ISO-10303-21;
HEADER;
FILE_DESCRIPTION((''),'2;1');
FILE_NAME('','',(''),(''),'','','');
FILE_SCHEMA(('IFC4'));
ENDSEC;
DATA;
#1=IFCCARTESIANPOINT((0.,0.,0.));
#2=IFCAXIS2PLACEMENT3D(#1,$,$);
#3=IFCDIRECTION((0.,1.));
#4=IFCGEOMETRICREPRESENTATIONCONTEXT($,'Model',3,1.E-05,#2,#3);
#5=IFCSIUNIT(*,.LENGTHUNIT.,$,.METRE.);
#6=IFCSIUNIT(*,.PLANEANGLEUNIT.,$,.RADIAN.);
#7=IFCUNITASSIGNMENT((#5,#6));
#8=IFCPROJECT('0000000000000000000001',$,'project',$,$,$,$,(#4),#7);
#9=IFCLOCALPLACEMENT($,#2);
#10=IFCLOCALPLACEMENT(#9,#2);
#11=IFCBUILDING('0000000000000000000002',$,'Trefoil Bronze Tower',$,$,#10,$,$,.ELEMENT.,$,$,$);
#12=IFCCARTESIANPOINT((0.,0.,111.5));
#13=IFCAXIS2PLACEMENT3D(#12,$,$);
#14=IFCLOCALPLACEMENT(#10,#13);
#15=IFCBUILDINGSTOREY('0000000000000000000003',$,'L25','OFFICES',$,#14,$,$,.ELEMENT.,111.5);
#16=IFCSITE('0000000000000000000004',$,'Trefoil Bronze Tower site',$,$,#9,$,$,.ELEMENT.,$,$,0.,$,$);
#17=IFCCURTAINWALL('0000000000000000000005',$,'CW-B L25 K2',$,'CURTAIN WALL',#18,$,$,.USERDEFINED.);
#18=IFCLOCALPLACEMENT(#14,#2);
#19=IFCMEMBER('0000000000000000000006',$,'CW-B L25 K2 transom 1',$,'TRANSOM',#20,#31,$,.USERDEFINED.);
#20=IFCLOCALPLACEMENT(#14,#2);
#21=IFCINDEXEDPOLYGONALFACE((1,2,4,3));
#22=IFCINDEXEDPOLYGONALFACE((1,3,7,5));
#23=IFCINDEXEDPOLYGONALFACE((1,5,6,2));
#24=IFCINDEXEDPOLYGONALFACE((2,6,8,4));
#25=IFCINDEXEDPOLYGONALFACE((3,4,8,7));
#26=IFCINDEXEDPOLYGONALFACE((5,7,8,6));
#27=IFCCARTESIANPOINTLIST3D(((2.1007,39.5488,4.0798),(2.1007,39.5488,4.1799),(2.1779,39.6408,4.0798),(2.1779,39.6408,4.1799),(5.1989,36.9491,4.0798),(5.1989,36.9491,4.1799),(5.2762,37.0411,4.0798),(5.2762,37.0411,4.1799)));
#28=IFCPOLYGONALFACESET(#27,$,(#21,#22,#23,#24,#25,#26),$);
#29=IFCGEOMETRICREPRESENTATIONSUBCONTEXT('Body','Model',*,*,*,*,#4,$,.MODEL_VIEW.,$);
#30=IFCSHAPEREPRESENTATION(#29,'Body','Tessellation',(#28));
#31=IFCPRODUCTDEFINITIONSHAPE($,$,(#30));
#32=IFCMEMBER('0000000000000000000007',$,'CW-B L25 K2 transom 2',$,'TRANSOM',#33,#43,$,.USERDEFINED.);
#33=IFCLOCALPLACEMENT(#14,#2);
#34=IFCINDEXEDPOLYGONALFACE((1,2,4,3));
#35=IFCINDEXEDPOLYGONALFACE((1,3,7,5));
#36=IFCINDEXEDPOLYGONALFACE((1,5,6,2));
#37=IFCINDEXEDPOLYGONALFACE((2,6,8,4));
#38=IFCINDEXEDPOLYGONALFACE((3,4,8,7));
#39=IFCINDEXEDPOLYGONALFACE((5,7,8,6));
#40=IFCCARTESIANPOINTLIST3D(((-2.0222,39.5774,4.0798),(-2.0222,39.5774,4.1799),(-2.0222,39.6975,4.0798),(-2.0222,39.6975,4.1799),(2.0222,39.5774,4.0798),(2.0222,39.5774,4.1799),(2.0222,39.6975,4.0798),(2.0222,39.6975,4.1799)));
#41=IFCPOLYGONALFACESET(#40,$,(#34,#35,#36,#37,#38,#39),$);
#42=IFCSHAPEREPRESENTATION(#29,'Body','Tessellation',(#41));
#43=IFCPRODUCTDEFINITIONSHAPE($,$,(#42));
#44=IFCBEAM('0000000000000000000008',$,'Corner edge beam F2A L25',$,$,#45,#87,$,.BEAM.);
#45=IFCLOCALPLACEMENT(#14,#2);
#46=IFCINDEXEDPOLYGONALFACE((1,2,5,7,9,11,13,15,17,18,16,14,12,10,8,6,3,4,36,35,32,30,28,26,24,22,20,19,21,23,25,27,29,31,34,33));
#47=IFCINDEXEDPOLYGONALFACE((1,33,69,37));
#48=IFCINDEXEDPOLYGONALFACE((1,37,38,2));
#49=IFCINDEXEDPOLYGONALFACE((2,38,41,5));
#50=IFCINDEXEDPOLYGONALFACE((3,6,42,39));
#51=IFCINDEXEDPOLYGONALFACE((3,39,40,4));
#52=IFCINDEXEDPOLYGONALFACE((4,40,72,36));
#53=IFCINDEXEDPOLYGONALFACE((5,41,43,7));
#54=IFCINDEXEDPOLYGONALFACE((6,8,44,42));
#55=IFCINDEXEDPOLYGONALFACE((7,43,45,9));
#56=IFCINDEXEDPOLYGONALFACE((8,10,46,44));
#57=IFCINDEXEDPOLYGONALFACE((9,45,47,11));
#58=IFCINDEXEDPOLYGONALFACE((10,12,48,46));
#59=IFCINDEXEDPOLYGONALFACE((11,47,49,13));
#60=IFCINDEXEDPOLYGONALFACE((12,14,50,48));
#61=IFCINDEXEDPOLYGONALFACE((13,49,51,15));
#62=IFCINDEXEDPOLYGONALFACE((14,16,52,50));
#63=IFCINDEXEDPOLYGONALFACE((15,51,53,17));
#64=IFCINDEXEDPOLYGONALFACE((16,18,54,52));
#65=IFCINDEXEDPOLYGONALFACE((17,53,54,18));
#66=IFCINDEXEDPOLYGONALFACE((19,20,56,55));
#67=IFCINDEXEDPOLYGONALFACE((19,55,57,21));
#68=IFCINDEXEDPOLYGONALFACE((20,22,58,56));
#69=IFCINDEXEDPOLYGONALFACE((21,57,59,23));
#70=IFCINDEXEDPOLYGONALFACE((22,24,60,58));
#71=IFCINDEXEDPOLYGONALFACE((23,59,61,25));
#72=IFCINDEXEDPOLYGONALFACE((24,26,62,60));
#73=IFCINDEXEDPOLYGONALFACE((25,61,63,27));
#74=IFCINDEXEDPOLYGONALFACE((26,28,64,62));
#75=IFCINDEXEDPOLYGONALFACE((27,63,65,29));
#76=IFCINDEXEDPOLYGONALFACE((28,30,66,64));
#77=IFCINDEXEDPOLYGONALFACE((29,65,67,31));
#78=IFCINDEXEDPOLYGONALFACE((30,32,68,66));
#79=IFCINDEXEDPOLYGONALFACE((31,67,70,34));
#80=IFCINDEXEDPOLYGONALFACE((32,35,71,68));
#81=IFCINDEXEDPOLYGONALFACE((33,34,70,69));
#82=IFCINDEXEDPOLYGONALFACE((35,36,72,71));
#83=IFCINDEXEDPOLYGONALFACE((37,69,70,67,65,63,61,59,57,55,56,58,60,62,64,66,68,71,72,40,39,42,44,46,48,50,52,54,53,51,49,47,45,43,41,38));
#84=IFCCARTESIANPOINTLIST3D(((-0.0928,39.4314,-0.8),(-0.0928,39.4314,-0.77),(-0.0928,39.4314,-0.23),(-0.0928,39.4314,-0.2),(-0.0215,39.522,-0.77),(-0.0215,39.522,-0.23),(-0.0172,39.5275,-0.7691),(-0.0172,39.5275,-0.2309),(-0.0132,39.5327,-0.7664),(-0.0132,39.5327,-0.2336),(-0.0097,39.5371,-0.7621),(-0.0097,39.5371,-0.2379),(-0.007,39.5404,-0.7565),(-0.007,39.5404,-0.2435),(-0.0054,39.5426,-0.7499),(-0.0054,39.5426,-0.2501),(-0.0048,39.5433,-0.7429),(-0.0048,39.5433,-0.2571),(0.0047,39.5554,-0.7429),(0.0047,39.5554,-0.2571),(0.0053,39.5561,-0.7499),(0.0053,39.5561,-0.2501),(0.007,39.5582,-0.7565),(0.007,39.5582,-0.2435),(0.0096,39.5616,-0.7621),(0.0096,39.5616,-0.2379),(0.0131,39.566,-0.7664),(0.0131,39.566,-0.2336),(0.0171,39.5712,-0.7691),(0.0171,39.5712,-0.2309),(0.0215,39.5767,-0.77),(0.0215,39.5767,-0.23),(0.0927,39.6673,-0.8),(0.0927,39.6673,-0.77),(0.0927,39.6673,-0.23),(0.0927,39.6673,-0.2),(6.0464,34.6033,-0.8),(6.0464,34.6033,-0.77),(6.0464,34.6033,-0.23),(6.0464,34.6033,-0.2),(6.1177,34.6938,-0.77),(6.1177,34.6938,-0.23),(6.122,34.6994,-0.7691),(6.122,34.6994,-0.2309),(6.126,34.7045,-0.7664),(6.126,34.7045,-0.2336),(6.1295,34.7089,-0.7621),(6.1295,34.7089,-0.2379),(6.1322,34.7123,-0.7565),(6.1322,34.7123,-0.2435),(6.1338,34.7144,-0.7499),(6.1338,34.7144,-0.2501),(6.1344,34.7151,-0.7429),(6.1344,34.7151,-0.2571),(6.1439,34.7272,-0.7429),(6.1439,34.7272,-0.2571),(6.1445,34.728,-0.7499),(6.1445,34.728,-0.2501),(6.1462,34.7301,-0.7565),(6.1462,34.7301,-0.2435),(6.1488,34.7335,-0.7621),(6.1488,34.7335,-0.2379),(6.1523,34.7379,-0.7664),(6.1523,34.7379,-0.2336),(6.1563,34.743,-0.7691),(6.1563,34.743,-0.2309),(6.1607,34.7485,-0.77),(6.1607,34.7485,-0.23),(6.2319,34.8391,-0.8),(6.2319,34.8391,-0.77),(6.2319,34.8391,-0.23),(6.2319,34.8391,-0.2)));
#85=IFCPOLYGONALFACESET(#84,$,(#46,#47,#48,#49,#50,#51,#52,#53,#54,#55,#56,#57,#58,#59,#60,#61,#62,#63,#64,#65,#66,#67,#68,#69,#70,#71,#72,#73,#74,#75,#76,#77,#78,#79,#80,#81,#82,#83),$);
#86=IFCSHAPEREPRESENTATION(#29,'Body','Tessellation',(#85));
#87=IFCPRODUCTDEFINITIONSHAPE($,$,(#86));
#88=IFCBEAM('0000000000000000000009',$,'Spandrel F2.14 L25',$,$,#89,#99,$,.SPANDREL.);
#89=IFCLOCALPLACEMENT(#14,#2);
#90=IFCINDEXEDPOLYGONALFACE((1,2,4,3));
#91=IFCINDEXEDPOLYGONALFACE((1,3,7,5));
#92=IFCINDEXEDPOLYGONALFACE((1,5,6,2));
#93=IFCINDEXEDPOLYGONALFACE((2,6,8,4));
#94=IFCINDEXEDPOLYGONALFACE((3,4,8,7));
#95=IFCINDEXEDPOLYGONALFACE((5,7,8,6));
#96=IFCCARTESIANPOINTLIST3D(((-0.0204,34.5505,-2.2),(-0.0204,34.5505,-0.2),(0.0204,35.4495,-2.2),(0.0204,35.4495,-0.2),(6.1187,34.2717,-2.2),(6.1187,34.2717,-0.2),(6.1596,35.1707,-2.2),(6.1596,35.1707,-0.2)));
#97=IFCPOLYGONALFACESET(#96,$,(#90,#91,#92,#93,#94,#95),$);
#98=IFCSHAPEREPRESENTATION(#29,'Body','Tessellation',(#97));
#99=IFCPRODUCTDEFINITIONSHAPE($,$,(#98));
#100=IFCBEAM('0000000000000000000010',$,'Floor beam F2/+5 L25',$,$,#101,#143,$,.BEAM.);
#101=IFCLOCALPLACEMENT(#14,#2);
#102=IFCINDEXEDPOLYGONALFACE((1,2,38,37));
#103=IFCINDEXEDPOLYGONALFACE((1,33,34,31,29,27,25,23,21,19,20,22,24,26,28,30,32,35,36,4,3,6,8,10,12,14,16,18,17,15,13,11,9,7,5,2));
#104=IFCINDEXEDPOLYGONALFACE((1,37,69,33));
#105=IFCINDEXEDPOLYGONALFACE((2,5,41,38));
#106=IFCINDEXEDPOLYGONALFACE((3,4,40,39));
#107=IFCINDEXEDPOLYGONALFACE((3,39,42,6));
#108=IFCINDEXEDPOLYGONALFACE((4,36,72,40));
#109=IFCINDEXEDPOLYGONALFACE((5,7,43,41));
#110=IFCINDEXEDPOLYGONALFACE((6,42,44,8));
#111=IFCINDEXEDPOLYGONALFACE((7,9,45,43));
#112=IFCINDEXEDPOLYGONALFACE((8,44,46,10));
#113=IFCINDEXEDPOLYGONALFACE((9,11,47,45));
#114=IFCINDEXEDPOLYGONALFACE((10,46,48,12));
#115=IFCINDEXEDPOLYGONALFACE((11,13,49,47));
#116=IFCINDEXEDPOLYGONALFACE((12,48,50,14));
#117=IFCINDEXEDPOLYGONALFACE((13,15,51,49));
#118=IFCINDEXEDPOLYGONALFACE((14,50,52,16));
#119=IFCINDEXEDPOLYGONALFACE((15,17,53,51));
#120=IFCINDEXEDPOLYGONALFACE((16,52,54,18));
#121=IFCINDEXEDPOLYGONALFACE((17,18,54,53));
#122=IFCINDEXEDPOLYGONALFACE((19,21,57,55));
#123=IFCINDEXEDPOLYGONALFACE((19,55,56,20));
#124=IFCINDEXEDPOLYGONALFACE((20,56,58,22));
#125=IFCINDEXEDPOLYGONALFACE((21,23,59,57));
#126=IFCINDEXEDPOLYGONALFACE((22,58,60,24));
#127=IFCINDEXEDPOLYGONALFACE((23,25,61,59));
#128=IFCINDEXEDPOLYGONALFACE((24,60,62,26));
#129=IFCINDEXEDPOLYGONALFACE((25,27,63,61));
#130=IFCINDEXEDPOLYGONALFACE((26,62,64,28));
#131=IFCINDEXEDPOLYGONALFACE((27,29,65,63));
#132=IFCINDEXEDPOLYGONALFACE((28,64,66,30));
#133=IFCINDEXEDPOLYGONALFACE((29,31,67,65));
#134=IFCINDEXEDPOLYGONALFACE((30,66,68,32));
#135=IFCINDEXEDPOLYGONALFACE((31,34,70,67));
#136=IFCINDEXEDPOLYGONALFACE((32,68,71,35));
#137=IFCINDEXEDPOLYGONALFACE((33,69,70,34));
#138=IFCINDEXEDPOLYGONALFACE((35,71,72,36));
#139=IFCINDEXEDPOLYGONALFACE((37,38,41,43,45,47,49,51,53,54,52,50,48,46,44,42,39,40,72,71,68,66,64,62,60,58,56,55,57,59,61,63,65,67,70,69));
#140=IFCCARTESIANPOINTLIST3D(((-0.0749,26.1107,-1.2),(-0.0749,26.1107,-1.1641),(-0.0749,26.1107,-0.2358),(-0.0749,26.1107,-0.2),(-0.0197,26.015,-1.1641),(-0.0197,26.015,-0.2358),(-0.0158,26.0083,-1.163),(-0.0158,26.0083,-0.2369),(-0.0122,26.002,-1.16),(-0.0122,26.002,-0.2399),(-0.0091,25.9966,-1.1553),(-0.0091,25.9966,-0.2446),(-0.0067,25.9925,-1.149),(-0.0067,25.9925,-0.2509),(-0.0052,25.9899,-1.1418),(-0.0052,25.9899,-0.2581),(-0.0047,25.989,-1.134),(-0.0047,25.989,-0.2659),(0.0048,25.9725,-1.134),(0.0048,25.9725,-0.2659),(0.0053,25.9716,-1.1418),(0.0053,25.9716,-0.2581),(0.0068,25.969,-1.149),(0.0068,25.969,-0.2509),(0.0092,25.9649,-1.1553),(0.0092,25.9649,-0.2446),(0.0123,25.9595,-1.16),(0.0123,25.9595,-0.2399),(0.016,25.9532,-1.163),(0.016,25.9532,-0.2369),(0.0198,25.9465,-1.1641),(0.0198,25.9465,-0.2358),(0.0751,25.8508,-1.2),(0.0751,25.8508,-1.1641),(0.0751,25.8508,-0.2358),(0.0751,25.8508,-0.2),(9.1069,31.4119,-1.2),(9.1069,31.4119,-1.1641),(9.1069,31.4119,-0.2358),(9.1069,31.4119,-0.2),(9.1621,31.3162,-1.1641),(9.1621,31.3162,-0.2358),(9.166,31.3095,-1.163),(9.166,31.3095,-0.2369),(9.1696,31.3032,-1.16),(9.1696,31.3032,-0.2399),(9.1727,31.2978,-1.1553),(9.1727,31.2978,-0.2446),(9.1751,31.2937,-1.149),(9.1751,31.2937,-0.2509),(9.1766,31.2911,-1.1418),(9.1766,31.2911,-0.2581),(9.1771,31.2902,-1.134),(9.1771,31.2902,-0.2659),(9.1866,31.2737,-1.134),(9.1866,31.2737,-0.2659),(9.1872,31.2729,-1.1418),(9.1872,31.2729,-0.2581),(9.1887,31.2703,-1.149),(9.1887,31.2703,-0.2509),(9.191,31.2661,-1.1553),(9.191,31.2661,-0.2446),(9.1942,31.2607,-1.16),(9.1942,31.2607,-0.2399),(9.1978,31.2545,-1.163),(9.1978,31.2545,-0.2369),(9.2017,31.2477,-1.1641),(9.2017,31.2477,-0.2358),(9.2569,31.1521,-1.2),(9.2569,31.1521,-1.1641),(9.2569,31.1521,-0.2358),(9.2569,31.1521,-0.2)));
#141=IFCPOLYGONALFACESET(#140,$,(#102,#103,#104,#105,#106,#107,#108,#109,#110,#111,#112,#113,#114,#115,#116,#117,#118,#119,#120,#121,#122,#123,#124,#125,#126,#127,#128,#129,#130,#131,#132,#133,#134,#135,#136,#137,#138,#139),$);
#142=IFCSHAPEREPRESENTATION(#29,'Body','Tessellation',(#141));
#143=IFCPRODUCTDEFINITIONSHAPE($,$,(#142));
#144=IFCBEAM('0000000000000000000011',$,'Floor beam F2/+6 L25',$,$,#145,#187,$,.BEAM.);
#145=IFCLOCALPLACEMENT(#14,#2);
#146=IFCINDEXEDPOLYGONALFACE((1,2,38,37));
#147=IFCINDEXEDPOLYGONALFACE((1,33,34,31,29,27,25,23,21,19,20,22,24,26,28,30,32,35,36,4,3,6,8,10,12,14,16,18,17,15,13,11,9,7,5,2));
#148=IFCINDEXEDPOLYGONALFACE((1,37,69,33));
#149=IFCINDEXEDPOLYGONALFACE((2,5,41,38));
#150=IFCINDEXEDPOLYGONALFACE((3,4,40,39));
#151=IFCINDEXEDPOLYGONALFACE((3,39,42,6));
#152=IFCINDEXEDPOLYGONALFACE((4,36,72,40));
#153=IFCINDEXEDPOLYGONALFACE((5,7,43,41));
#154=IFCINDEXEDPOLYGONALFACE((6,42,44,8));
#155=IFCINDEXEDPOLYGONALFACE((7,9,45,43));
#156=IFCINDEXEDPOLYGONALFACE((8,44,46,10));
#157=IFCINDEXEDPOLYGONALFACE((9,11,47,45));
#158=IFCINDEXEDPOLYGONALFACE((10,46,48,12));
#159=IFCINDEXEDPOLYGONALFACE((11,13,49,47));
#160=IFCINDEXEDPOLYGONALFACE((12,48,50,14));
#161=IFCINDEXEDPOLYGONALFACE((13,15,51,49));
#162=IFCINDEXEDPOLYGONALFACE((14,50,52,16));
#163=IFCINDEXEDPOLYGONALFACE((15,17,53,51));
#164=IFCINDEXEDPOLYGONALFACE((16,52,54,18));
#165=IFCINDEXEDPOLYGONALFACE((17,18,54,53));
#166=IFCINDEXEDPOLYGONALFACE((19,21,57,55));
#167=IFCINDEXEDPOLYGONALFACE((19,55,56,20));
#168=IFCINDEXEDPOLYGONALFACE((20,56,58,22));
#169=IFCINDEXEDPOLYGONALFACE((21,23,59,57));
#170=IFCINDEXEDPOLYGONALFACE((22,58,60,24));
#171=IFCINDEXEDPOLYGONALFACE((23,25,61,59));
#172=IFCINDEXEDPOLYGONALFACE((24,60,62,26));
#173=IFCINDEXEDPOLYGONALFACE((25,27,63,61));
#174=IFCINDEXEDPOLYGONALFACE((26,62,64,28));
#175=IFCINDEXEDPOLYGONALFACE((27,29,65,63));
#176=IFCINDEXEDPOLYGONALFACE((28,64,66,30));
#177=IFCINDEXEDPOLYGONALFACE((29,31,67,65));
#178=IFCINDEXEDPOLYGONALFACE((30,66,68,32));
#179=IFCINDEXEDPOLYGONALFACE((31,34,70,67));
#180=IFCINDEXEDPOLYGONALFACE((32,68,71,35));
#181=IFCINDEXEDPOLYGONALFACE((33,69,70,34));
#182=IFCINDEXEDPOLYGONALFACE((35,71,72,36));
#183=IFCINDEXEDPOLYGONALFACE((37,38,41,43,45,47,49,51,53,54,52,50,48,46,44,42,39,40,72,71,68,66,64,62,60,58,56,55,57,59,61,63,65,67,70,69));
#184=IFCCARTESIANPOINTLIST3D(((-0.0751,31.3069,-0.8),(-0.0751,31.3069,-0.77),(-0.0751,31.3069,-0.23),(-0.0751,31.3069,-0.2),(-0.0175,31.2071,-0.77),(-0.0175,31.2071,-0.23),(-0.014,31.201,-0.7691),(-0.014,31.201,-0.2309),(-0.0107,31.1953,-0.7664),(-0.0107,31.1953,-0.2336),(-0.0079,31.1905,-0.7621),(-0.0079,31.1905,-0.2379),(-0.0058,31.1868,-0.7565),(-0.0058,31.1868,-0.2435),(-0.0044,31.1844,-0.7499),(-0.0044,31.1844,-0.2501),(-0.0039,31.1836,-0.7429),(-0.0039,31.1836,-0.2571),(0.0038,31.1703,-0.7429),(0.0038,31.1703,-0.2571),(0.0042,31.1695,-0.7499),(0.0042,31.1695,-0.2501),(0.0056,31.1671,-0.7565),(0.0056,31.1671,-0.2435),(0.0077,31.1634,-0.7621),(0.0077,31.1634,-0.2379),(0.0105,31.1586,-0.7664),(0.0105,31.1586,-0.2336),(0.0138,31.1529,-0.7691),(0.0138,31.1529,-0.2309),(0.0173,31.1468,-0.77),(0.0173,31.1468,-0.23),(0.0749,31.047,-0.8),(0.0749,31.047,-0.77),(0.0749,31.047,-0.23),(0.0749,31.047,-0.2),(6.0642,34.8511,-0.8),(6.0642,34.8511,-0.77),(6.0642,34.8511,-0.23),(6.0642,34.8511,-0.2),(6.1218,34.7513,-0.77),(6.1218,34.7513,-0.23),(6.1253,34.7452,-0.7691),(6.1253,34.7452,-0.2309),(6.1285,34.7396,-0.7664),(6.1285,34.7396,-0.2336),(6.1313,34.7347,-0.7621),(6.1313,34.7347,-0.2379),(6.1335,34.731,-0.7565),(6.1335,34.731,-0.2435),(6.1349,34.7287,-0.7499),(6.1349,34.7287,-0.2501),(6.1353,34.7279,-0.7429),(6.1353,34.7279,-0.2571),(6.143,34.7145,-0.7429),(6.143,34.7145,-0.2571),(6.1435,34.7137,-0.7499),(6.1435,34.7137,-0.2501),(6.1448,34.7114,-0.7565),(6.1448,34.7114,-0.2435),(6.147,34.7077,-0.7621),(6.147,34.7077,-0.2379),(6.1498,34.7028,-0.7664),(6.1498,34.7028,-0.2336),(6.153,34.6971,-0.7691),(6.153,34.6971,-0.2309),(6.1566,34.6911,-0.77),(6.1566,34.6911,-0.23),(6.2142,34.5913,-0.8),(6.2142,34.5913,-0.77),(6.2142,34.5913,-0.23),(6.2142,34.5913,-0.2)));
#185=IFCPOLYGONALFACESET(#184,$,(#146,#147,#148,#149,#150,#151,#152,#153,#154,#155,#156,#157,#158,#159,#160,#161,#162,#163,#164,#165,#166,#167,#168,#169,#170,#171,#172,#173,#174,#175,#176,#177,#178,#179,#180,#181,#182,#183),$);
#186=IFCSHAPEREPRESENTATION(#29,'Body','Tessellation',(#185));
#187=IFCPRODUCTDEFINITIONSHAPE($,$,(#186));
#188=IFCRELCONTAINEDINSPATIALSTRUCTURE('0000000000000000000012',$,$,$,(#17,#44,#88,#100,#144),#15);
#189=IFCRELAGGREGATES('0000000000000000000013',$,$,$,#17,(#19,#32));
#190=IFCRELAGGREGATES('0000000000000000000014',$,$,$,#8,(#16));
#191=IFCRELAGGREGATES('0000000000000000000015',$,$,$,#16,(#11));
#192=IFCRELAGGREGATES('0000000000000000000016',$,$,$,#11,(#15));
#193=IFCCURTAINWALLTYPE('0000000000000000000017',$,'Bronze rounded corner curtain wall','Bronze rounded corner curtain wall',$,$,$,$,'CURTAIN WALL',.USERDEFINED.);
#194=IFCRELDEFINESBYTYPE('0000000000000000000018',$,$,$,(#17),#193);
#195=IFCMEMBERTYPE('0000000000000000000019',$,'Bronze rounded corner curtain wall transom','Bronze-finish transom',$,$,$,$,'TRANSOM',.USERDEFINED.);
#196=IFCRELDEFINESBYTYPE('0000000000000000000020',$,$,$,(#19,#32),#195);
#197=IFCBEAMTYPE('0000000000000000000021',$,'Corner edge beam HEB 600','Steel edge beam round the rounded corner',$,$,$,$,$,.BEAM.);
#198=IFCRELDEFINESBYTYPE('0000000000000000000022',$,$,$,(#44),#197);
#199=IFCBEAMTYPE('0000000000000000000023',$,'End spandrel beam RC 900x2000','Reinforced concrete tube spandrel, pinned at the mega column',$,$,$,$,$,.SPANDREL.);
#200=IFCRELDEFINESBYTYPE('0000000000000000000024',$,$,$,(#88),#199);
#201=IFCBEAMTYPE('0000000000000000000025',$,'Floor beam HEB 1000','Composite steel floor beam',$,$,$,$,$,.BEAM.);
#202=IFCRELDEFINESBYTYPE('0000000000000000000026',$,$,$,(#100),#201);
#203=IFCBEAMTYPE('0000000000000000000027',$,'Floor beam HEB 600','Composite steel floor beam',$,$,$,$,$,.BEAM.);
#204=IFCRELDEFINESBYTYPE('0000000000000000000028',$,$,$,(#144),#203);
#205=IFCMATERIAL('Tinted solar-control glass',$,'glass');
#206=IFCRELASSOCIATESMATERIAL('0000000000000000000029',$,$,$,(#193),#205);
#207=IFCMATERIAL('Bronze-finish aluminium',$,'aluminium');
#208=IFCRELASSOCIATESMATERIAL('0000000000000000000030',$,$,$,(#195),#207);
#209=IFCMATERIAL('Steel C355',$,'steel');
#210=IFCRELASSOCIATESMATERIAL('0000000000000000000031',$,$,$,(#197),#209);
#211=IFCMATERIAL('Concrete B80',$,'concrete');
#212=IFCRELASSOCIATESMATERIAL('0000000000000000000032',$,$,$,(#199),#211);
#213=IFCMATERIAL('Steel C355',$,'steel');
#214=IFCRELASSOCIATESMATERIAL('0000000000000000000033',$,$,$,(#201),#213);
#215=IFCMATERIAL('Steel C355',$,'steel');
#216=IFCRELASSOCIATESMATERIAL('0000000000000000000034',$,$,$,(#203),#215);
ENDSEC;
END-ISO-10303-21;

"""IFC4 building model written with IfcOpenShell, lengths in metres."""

from ifc_helpers import new_model, si_unit, direction, frame, origin, origin_2d, place, context, subcontext, project, spatial, rectangle, i_section, extrude, material, material_profile, profile_set, type_object, element, aggregate, save


model = new_model("IFC4")

# Units and contexts
model_context = context("Model", 3, precision=1e-05, world=origin(), true_north=direction((0.0, 1.0)))
body_context = subcontext(model_context, "Body", "Model", "MODEL_VIEW")
ifc_project = project(units=[si_unit("LENGTHUNIT", "METRE"), si_unit("PLANEANGLEUNIT", "RADIAN")], contexts=[model_context])

# Site, building, storey
site_placement = place(None, origin())
site = spatial("IfcSite", under=ifc_project, at=site_placement, Name="Trefoil Bronze Tower site", CompositionType="ELEMENT", RefElevation=0.0)
building_placement = place(site_placement, origin())
building = spatial("IfcBuilding", under=site, at=building_placement, Name="Trefoil Bronze Tower", CompositionType="ELEMENT")
storey_placement = place(building_placement, frame((0.0, 0.0, 111.5)))
storey = spatial("IfcBuildingStorey", under=building, at=storey_placement, Name="L25", Description="OFFICES", CompositionType="ELEMENT", Elevation=111.5)

# Curtain wall, members
ifc_material_1 = material(Name="Tinted solar-control glass", Category="glass")
curtain_wall_type_1 = type_object("IfcCurtainWallType", Name="Bronze rounded corner curtain wall", Description="Bronze rounded corner curtain wall", ElementType="CURTAIN WALL", PredefinedType="USERDEFINED", material=ifc_material_1)
curtain_wall_1_placement = place(storey_placement, origin())
curtain_wall_1 = element("IfcCurtainWall", 1, at=curtain_wall_1_placement, inside=storey, type_object=curtain_wall_type_1, Name="CW-B L25 K2", ObjectType="CURTAIN WALL", PredefinedType="USERDEFINED")
ifc_material_2 = material(Name="Bronze-finish aluminium", Category="aluminium")
ifc_material_profile_1 = material_profile(ifc_material_2, rectangle(XDim=0.1201, YDim=0.1001, at=origin_2d()), Name="CW-B transom")
ifc_profile_set_1 = profile_set([ifc_material_profile_1], Name="Bronze-finish aluminium")
member_type_1 = type_object("IfcMemberType", Name="Bronze rounded corner curtain wall transom", Description="Bronze-finish transom", ElementType="TRANSOM", PredefinedType="USERDEFINED", material=ifc_profile_set_1)
member_1_placement = place(storey_placement, frame((5.2375, 36.9951, 4.1299), z_axis=(-0.76605, 0.642781, 0.0), x_axis=(-0.642781, -0.76605, 0.0)))
member_1 = element("IfcMember", 2, at=member_1_placement, type_object=member_type_1, Name="CW-B L25 K2 transom 1", ObjectType="TRANSOM", PredefinedType="USERDEFINED", context=body_context, shape_type="SweptSolid", body=[
    extrude(rectangle(XDim=0.1201, YDim=0.1001, at=origin_2d()), origin(), (0.0, 0.0, 1.0), 4.0444),
])
member_2_placement = place(storey_placement, frame((2.0222, 39.6375, 4.1299), z_axis=(-1.0, 0.0, 0.0), x_axis=(0.0, -1.0, 0.0)))
member_2 = element("IfcMember", 3, at=member_2_placement, type_object=member_type_1, Name="CW-B L25 K2 transom 2", ObjectType="TRANSOM", PredefinedType="USERDEFINED", context=body_context, shape_type="SweptSolid", body=[
    extrude(rectangle(XDim=0.1201, YDim=0.1001, at=origin_2d()), origin(), (0.0, 0.0, 1.0), 4.0444),
])

# Beams
ifc_material_3 = material(Name="Steel C355", Category="steel")
ifc_material_profile_2 = material_profile(ifc_material_3, i_section(OverallWidth=0.3, OverallDepth=0.6001, WebThickness=0.0154, FlangeThickness=0.03, FilletRadius=0.0271, at=origin_2d()), Name="HEB 600")
ifc_profile_set_2 = profile_set([ifc_material_profile_2], Name="Steel C355")
beam_type_1 = type_object("IfcBeamType", Name="Corner edge beam HEB 600", Description="Steel edge beam round the rounded corner", PredefinedType="BEAM", material=ifc_profile_set_2)
beam_1_placement = place(storey_placement, frame((6.1392, 34.7212, -0.5), z_axis=(-0.786038, 0.618178, 0.0), x_axis=(-0.618178, -0.786038, 0.0)))
element("IfcBeam", 4, at=beam_1_placement, inside=storey, type_object=beam_type_1, Name="Corner edge beam F2A L25", PredefinedType="BEAM", context=body_context, shape_type="SweptSolid", body=[
    extrude(i_section(OverallWidth=0.3, OverallDepth=0.6001, WebThickness=0.0154, FlangeThickness=0.03, FilletRadius=0.0271, at=origin_2d()), origin(), (0.0, 0.0, 1.0), 7.8103),
])
ifc_material_4 = material(Name="Concrete B80", Category="concrete")
ifc_material_profile_3 = material_profile(ifc_material_4, rectangle(XDim=0.8999, YDim=2.0, at=origin_2d()), Name="RC 900x2000")
ifc_profile_set_3 = profile_set([ifc_material_profile_3], Name="Concrete B80")
beam_type_2 = type_object("IfcBeamType", Name="End spandrel beam RC 900x2000", Description="Reinforced concrete tube spandrel, pinned at the mega column", PredefinedType="SPANDREL", material=ifc_profile_set_3)
beam_2_placement = place(storey_placement, frame((6.1392, 34.7212, -1.2), z_axis=(-0.99897, 0.045368, 0.0), x_axis=(-0.045368, -0.99897, 0.0)))
element("IfcBeam", 5, at=beam_2_placement, inside=storey, type_object=beam_type_2, Name="Spandrel F2.14 L25", PredefinedType="SPANDREL", context=body_context, shape_type="SweptSolid", body=[
    extrude(rectangle(XDim=0.8999, YDim=2.0, at=origin_2d()), origin(), (0.0, 0.0, 1.0), 6.1455),
])
ifc_material_5 = material(Name="Steel C355", Category="steel")
ifc_material_profile_4 = material_profile(ifc_material_5, i_section(OverallWidth=0.3, OverallDepth=1.0, WebThickness=0.019, FlangeThickness=0.0359, FilletRadius=0.03, at=origin_2d()), Name="HEB 1000")
ifc_profile_set_4 = profile_set([ifc_material_profile_4], Name="Steel C355")
beam_type_3 = type_object("IfcBeamType", Name="Floor beam HEB 1000", Description="Composite steel floor beam", PredefinedType="BEAM", material=ifc_profile_set_4)
beam_3_placement = place(storey_placement, frame((9.1819, 31.282, -0.7), z_axis=(-0.866021, -0.500007, 0.0), x_axis=(0.500007, -0.866021, 0.0)))
element("IfcBeam", 6, at=beam_3_placement, inside=storey, type_object=beam_type_3, Name="Floor beam F2/+5 L25", PredefinedType="BEAM", context=body_context, shape_type="SweptSolid", body=[
    extrude(i_section(OverallWidth=0.3, OverallDepth=1.0, WebThickness=0.019, FlangeThickness=0.0359, FilletRadius=0.03, at=origin_2d()), origin(), (0.0, 0.0, 1.0), 10.6023),
])
ifc_material_6 = material(Name="Steel C355", Category="steel")
ifc_material_profile_5 = material_profile(ifc_material_6, i_section(OverallWidth=0.3, OverallDepth=0.6001, WebThickness=0.0154, FlangeThickness=0.03, FilletRadius=0.0271, at=origin_2d()), Name="HEB 600")
ifc_profile_set_5 = profile_set([ifc_material_profile_5], Name="Steel C355")
beam_type_4 = type_object("IfcBeamType", Name="Floor beam HEB 600", Description="Composite steel floor beam", PredefinedType="BEAM", material=ifc_profile_set_5)
beam_4_placement = place(storey_placement, frame((6.1392, 34.7212, -0.5), z_axis=(-0.866041, -0.499973, 0.0), x_axis=(0.499973, -0.866041, 0.0)))
element("IfcBeam", 7, at=beam_4_placement, inside=storey, type_object=beam_type_4, Name="Floor beam F2/+6 L25", PredefinedType="BEAM", context=body_context, shape_type="SweptSolid", body=[
    extrude(i_section(OverallWidth=0.3, OverallDepth=0.6001, WebThickness=0.0154, FlangeThickness=0.03, FilletRadius=0.0271, at=origin_2d()), origin(), (0.0, 0.0, 1.0), 7.0889),
])

aggregate(curtain_wall_1, [member_1, member_2])

save(model, "model.ifc")
